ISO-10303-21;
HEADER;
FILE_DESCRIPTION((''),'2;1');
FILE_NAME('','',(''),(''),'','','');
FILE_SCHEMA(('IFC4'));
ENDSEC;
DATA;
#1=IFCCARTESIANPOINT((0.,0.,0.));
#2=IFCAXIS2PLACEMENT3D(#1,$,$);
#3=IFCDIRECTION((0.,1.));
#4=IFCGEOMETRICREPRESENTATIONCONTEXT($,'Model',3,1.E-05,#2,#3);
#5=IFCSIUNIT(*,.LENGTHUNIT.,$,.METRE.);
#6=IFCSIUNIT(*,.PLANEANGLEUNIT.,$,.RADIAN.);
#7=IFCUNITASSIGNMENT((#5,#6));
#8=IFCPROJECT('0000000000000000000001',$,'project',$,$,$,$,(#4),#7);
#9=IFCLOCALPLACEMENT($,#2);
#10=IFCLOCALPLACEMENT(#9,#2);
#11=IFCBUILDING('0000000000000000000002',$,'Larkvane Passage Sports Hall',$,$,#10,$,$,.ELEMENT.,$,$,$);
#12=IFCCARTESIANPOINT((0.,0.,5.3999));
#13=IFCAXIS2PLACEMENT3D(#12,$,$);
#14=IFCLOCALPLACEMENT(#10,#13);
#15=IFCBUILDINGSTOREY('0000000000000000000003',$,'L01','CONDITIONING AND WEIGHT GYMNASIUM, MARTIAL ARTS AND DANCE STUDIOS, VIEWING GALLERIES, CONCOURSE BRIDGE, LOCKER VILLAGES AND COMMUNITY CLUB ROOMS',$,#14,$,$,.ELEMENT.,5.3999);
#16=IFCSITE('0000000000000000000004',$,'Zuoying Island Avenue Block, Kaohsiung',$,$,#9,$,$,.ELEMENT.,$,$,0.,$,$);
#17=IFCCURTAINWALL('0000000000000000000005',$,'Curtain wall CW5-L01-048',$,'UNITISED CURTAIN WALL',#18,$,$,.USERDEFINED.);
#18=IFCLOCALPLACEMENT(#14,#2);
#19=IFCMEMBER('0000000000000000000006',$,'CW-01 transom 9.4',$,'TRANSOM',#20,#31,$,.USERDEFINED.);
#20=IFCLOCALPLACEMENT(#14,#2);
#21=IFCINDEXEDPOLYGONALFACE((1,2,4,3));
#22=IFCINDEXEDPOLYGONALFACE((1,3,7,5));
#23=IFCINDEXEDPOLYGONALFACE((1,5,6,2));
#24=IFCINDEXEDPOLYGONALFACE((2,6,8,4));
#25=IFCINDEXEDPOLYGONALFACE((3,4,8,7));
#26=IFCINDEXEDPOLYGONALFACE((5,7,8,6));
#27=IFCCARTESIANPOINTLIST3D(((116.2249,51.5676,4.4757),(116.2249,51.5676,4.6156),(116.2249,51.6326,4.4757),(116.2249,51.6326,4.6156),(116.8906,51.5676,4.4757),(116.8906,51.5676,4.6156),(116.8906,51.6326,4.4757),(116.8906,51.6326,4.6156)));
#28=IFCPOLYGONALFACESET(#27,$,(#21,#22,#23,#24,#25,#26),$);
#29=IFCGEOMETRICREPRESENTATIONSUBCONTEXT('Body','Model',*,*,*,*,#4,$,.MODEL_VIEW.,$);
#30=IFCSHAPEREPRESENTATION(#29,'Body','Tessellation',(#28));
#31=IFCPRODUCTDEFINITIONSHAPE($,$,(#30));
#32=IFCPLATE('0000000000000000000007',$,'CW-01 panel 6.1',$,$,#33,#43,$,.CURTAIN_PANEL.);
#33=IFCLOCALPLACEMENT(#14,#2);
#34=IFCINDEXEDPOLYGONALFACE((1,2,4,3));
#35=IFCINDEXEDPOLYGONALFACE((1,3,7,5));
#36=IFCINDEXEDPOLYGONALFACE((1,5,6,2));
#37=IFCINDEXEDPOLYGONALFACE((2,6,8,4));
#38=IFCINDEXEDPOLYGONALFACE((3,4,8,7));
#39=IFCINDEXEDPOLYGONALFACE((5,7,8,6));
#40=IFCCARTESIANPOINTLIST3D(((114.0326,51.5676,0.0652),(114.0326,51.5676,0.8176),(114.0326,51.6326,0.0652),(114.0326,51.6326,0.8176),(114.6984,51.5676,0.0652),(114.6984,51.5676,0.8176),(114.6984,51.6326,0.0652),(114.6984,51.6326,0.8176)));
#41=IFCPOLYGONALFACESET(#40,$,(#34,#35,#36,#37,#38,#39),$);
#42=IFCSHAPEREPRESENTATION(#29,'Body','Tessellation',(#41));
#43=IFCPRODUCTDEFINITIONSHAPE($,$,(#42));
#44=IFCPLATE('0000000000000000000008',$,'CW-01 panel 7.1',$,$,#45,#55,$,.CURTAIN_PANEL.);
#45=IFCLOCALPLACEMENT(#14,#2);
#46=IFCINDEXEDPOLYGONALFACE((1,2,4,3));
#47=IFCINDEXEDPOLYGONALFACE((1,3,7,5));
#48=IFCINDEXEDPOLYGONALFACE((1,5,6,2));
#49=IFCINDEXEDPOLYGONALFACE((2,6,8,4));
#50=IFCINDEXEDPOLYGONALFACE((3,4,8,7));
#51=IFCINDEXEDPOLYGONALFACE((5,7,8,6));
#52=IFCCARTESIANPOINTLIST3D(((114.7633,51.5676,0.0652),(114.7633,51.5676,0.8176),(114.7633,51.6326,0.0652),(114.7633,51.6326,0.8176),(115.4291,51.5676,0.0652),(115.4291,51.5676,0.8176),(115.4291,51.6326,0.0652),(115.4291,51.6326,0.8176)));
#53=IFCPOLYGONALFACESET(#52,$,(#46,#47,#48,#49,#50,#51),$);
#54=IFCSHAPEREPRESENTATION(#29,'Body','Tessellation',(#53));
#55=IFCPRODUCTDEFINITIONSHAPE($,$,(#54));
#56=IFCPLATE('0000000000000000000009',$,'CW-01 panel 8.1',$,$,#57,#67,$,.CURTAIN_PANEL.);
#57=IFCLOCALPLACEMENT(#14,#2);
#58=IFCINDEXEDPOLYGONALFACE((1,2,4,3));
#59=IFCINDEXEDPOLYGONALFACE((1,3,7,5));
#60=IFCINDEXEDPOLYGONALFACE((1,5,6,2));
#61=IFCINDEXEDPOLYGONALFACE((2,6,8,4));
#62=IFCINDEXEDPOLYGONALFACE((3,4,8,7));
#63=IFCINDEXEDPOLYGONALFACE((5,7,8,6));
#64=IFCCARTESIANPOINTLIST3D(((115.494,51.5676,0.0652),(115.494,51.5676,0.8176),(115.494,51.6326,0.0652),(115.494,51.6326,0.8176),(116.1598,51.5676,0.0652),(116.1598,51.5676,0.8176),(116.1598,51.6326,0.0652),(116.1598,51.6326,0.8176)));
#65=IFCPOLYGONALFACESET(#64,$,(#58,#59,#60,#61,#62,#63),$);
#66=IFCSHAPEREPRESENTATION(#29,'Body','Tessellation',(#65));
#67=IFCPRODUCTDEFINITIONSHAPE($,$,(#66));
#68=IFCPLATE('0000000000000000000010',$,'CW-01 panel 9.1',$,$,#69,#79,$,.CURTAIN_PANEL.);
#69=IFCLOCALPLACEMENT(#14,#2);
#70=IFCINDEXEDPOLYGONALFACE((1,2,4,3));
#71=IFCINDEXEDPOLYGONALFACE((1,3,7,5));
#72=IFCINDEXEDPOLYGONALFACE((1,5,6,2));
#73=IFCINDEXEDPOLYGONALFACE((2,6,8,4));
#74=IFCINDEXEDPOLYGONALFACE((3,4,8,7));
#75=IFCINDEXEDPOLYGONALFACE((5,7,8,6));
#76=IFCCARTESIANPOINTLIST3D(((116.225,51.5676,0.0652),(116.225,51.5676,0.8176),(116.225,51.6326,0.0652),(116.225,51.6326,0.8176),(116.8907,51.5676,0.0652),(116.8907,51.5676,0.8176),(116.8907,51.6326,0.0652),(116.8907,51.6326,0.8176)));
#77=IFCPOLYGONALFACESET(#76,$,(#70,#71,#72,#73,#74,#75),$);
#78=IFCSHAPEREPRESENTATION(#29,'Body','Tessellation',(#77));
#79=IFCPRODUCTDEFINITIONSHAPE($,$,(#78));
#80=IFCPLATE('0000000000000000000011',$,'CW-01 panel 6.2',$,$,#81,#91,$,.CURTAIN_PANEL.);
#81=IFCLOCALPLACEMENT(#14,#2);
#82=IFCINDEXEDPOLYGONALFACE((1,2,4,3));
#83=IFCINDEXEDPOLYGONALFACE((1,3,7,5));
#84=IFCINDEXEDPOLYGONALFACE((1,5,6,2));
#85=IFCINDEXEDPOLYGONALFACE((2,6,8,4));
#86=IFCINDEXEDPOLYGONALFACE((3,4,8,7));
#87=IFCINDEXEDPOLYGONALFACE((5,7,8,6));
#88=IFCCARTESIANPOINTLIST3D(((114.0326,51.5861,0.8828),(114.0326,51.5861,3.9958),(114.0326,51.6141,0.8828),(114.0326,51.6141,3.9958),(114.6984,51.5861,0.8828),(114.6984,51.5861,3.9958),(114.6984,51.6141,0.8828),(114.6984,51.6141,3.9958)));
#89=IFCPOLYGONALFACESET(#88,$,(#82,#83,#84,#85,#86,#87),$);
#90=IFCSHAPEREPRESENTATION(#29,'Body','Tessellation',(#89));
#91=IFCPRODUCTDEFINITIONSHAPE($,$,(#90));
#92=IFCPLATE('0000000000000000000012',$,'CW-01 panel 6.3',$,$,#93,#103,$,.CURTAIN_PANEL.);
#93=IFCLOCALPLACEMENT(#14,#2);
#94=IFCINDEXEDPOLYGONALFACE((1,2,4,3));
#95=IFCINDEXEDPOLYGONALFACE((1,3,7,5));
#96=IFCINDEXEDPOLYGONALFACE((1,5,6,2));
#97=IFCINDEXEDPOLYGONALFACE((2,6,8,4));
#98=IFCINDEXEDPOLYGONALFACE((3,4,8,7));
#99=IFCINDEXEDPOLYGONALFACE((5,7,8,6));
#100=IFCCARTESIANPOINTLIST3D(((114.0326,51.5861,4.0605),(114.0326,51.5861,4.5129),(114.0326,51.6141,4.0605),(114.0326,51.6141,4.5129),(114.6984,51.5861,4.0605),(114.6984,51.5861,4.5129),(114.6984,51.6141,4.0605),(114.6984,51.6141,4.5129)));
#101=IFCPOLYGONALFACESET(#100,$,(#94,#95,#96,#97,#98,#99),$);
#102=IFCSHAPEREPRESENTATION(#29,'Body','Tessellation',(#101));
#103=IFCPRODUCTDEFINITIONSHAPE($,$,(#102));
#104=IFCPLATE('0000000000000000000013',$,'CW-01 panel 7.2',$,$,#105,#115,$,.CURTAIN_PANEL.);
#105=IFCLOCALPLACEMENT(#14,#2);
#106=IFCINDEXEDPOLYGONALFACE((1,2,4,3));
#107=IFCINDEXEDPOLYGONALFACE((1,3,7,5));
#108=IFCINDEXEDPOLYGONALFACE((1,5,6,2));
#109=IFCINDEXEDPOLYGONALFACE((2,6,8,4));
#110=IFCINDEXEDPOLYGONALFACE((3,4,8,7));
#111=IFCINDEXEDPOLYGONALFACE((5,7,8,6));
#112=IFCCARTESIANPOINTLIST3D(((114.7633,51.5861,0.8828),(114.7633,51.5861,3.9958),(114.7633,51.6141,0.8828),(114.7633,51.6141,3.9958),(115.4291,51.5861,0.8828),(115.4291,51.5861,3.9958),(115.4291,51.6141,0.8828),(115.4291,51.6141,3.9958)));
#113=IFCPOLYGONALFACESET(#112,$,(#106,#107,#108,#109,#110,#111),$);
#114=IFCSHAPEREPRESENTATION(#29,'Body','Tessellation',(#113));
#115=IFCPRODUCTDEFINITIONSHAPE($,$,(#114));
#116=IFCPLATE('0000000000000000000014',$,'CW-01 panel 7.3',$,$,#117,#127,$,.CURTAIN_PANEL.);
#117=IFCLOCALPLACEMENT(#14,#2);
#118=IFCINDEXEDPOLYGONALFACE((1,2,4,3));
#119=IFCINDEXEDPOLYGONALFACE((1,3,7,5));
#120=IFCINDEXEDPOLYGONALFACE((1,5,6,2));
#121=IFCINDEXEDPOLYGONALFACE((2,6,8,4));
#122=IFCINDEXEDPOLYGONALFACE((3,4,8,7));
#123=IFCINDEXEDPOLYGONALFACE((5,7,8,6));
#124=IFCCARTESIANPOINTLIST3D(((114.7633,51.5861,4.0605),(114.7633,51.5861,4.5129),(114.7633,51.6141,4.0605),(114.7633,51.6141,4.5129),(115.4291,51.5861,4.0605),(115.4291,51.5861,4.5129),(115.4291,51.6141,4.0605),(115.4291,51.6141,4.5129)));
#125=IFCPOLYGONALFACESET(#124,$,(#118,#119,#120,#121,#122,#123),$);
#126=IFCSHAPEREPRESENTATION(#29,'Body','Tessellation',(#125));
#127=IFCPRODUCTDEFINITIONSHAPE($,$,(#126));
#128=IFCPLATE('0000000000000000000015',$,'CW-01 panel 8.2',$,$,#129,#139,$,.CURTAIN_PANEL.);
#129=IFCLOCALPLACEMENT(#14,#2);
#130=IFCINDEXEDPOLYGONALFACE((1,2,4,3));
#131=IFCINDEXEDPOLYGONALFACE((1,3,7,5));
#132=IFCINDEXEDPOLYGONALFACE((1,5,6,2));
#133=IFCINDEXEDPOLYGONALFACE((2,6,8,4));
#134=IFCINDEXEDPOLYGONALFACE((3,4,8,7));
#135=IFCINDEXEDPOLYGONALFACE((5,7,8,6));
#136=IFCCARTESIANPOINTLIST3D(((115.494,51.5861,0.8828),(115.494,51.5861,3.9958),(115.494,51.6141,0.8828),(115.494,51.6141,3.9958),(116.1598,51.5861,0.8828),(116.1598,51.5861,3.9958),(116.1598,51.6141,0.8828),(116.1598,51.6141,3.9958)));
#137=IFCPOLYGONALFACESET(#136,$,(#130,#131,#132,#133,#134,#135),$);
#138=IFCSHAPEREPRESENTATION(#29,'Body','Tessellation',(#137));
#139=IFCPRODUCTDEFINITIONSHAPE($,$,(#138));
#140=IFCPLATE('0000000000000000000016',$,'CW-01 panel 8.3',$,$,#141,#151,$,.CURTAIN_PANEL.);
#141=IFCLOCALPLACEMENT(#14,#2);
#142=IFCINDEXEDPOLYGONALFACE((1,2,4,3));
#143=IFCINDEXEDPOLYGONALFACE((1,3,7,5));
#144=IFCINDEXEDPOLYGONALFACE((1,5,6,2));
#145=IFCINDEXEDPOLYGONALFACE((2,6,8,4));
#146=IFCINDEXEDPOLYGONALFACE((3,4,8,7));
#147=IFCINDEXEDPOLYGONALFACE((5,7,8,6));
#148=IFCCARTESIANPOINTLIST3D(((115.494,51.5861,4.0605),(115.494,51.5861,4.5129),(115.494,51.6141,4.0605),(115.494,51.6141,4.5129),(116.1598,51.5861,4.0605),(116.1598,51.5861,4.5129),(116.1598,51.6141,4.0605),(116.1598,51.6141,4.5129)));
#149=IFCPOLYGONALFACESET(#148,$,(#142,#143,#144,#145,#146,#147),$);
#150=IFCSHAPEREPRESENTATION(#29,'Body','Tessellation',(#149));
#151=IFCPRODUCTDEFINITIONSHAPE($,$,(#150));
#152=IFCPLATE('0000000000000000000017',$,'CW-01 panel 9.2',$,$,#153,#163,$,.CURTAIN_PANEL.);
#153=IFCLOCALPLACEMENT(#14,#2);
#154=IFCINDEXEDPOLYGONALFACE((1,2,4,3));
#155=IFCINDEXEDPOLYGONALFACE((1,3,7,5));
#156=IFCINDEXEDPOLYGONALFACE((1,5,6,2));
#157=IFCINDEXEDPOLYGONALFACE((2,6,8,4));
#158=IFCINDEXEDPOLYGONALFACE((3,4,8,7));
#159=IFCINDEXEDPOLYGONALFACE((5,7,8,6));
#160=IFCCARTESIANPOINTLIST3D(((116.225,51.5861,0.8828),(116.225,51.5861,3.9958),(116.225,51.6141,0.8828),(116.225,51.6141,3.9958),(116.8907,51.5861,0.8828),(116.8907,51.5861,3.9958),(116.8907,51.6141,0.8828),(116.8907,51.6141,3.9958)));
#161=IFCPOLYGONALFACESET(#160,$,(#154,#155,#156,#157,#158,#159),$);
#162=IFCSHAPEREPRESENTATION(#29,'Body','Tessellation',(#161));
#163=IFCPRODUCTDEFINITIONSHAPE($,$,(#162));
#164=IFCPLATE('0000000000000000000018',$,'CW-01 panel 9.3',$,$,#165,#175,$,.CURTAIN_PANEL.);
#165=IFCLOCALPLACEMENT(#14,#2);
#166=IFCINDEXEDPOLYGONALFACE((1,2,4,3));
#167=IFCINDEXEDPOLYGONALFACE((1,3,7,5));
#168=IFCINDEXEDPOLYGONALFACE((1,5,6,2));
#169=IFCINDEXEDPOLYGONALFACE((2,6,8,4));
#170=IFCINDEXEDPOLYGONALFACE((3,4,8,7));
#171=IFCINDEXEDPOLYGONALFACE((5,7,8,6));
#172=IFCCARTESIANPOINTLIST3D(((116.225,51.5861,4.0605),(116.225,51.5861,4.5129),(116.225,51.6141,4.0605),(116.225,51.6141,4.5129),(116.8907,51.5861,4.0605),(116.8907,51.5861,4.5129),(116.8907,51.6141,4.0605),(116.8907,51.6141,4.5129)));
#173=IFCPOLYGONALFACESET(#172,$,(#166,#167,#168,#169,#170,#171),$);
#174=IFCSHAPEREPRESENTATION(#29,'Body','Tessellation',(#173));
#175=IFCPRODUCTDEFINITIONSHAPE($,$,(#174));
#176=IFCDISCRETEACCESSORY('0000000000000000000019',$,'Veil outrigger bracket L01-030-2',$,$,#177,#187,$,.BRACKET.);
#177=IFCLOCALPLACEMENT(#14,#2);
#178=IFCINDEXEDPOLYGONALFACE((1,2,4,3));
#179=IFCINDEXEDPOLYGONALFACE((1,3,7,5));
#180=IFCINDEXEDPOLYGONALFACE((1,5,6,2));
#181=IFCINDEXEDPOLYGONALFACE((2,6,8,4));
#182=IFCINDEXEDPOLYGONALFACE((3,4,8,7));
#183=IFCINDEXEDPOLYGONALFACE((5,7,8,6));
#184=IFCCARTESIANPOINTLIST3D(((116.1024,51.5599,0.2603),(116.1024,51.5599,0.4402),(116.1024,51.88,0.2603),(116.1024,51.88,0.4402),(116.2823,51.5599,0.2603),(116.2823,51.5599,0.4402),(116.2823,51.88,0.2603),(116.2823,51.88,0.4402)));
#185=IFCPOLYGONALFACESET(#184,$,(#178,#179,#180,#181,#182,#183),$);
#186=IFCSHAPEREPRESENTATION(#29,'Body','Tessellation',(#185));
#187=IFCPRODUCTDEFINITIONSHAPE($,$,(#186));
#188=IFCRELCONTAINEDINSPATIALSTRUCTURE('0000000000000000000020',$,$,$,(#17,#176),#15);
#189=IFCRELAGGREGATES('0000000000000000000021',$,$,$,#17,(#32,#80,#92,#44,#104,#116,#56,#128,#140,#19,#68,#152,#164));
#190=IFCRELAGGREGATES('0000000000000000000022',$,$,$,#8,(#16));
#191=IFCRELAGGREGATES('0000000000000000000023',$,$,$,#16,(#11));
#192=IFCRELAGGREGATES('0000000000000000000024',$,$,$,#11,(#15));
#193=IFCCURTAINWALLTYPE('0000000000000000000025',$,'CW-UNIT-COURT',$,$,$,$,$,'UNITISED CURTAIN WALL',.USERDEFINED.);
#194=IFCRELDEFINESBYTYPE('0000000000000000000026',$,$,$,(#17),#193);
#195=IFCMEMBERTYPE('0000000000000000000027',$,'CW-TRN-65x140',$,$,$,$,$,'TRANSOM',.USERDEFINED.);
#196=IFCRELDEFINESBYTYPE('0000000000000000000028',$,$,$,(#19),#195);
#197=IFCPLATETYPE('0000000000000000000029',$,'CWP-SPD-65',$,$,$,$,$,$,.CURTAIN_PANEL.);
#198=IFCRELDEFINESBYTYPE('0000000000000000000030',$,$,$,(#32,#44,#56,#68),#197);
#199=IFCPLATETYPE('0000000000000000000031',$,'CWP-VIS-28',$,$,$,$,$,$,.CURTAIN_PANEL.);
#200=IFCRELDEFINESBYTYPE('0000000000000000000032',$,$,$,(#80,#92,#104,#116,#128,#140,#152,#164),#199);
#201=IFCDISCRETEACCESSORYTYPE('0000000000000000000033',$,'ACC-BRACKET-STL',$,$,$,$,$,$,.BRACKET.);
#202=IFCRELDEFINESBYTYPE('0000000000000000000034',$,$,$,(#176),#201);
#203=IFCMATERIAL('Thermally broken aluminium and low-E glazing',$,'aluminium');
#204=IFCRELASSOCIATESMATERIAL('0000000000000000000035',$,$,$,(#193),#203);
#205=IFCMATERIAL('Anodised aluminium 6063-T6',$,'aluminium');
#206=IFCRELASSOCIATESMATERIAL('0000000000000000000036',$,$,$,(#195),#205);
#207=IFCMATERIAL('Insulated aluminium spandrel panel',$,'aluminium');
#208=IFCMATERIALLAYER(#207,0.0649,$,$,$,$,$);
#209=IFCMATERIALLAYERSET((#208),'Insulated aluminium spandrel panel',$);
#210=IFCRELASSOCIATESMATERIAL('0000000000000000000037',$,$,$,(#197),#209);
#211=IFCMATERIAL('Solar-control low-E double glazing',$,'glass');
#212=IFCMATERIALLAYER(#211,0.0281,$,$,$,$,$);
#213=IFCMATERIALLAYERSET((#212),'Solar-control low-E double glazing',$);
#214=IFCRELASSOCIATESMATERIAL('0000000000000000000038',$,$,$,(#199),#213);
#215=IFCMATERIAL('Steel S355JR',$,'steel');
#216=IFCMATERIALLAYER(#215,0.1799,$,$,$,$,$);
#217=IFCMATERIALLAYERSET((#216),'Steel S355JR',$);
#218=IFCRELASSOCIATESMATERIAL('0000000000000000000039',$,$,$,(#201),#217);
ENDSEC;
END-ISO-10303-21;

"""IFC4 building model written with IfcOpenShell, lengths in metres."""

from ifc_helpers import new_model, si_unit, direction, frame, origin, origin_2d, place, context, subcontext, project, spatial, rectangle, extrude, material, layer, layer_set, material_profile, profile_set, type_object, element, aggregate, save


model = new_model("IFC4")

# Units and contexts
model_context = context("Model", 3, precision=1e-05, world=origin(), true_north=direction((0.0, 1.0)))
body_context = subcontext(model_context, "Body", "Model", "MODEL_VIEW")
ifc_project = project(units=[si_unit("LENGTHUNIT", "METRE"), si_unit("PLANEANGLEUNIT", "RADIAN")], contexts=[model_context])

# Site, building, storey
site_placement = place(None, origin())
site = spatial("IfcSite", under=ifc_project, at=site_placement, Name="Zuoying Island Avenue Block, Kaohsiung", CompositionType="ELEMENT", RefElevation=0.0)
building_placement = place(site_placement, origin())
building = spatial("IfcBuilding", under=site, at=building_placement, Name="Larkvane Passage Sports Hall", CompositionType="ELEMENT")
storey_placement = place(building_placement, frame((0.0, 0.0, 5.3999)))
storey = spatial("IfcBuildingStorey", under=building, at=storey_placement, Name="L01", Description="CONDITIONING AND WEIGHT GYMNASIUM, MARTIAL ARTS AND DANCE STUDIOS, VIEWING GALLERIES, CONCOURSE BRIDGE, LOCKER VILLAGES AND COMMUNITY CLUB ROOMS", CompositionType="ELEMENT", Elevation=5.3999)

# Curtain wall, member, plates
ifc_material_1 = material(Name="Thermally broken aluminium and low-E glazing", Category="aluminium")
curtain_wall_type = type_object("IfcCurtainWallType", Name="CW-UNIT-COURT", ElementType="UNITISED CURTAIN WALL", PredefinedType="USERDEFINED", material=ifc_material_1)
curtain_wall_placement = place(storey_placement, origin())
curtain_wall = element("IfcCurtainWall", 1, at=curtain_wall_placement, inside=storey, type_object=curtain_wall_type, Name="Curtain wall CW5-L01-048", ObjectType="UNITISED CURTAIN WALL", PredefinedType="USERDEFINED")
ifc_material_2 = material(Name="Anodised aluminium 6063-T6", Category="aluminium")
ifc_material_profile_1 = material_profile(ifc_material_2, rectangle(XDim=0.0649, YDim=0.1399, at=origin_2d()), Name="ALU-TRN-65x140")
ifc_profile_set_1 = profile_set([ifc_material_profile_1], Name="Anodised aluminium 6063-T6")
member_type_1 = type_object("IfcMemberType", Name="CW-TRN-65x140", ElementType="TRANSOM", PredefinedType="USERDEFINED", material=ifc_profile_set_1)
member_1_placement = place(storey_placement, frame((116.2249, 51.6001, 4.5457), z_axis=(1.0, 0.0, 0.0), x_axis=(0.0, 1.0, 0.0)))
member_1 = element("IfcMember", 2, at=member_1_placement, type_object=member_type_1, Name="CW-01 transom 9.4", ObjectType="TRANSOM", PredefinedType="USERDEFINED", context=body_context, shape_type="SweptSolid", body=[
    extrude(rectangle(XDim=0.0649, YDim=0.1399, at=origin_2d()), origin(), (0.0, 0.0, 1.0), 0.6658),
])
ifc_material_3 = material(Name="Insulated aluminium spandrel panel", Category="aluminium")
ifc_layer_1 = layer(ifc_material_3, 0.0649)
ifc_layer_set_1 = layer_set([ifc_layer_1], Name="Insulated aluminium spandrel panel")
plate_type_1 = type_object("IfcPlateType", Name="CWP-SPD-65", PredefinedType="CURTAIN_PANEL", material=ifc_layer_set_1)
plate_1_placement = place(storey_placement, frame((114.3655, 51.6001, 0.0652), z_axis=(0.0, 0.0, 1.0), x_axis=(1.0, 0.0, 0.0)))
plate_1 = element("IfcPlate", 3, at=plate_1_placement, type_object=plate_type_1, Name="CW-01 panel 6.1", PredefinedType="CURTAIN_PANEL", context=body_context, shape_type="SweptSolid", body=[
    extrude(rectangle(XDim=0.6658, YDim=0.0649, at=origin_2d()), origin(), (0.0, 0.0, 1.0), 0.7524),
])
plate_2_placement = place(storey_placement, frame((115.0962, 51.6001, 0.0652), z_axis=(0.0, 0.0, 1.0), x_axis=(1.0, 0.0, 0.0)))
plate_2 = element("IfcPlate", 4, at=plate_2_placement, type_object=plate_type_1, Name="CW-01 panel 7.1", PredefinedType="CURTAIN_PANEL", context=body_context, shape_type="SweptSolid", body=[
    extrude(rectangle(XDim=0.6658, YDim=0.0649, at=origin_2d()), origin(), (0.0, 0.0, 1.0), 0.7524),
])
plate_3_placement = place(storey_placement, frame((115.8269, 51.6001, 0.0652), z_axis=(0.0, 0.0, 1.0), x_axis=(1.0, 0.0, 0.0)))
plate_3 = element("IfcPlate", 5, at=plate_3_placement, type_object=plate_type_1, Name="CW-01 panel 8.1", PredefinedType="CURTAIN_PANEL", context=body_context, shape_type="SweptSolid", body=[
    extrude(rectangle(XDim=0.6658, YDim=0.0649, at=origin_2d()), origin(), (0.0, 0.0, 1.0), 0.7524),
])
plate_4_placement = place(storey_placement, frame((116.5579, 51.6001, 0.0652), z_axis=(0.0, 0.0, 1.0), x_axis=(1.0, 0.0, 0.0)))
plate_4 = element("IfcPlate", 6, at=plate_4_placement, type_object=plate_type_1, Name="CW-01 panel 9.1", PredefinedType="CURTAIN_PANEL", context=body_context, shape_type="SweptSolid", body=[
    extrude(rectangle(XDim=0.6658, YDim=0.0649, at=origin_2d()), origin(), (0.0, 0.0, 1.0), 0.7524),
])
ifc_material_4 = material(Name="Solar-control low-E double glazing", Category="glass")
ifc_layer_2 = layer(ifc_material_4, 0.0281)
ifc_layer_set_2 = layer_set([ifc_layer_2], Name="Solar-control low-E double glazing")
plate_type_2 = type_object("IfcPlateType", Name="CWP-VIS-28", PredefinedType="CURTAIN_PANEL", material=ifc_layer_set_2)
plate_5_placement = place(storey_placement, frame((114.3655, 51.6001, 0.8828), z_axis=(0.0, 0.0, 1.0), x_axis=(1.0, 0.0, 0.0)))
plate_5 = element("IfcPlate", 7, at=plate_5_placement, type_object=plate_type_2, Name="CW-01 panel 6.2", PredefinedType="CURTAIN_PANEL", context=body_context, shape_type="SweptSolid", body=[
    extrude(rectangle(XDim=0.6658, YDim=0.0281, at=origin_2d()), origin(), (0.0, 0.0, 1.0), 3.113),
])
plate_6_placement = place(storey_placement, frame((114.3655, 51.6001, 4.0605), z_axis=(0.0, 0.0, 1.0), x_axis=(1.0, 0.0, 0.0)))
plate_6 = element("IfcPlate", 8, at=plate_6_placement, type_object=plate_type_2, Name="CW-01 panel 6.3", PredefinedType="CURTAIN_PANEL", context=body_context, shape_type="SweptSolid", body=[
    extrude(rectangle(XDim=0.6658, YDim=0.0281, at=origin_2d()), origin(), (0.0, 0.0, 1.0), 0.4524),
])
plate_7_placement = place(storey_placement, frame((115.0962, 51.6001, 0.8828), z_axis=(0.0, 0.0, 1.0), x_axis=(1.0, 0.0, 0.0)))
plate_7 = element("IfcPlate", 9, at=plate_7_placement, type_object=plate_type_2, Name="CW-01 panel 7.2", PredefinedType="CURTAIN_PANEL", context=body_context, shape_type="SweptSolid", body=[
    extrude(rectangle(XDim=0.6658, YDim=0.0281, at=origin_2d()), origin(), (0.0, 0.0, 1.0), 3.113),
])
plate_8_placement = place(storey_placement, frame((115.0962, 51.6001, 4.0605), z_axis=(0.0, 0.0, 1.0), x_axis=(1.0, 0.0, 0.0)))
plate_8 = element("IfcPlate", 10, at=plate_8_placement, type_object=plate_type_2, Name="CW-01 panel 7.3", PredefinedType="CURTAIN_PANEL", context=body_context, shape_type="SweptSolid", body=[
    extrude(rectangle(XDim=0.6658, YDim=0.0281, at=origin_2d()), origin(), (0.0, 0.0, 1.0), 0.4524),
])
plate_9_placement = place(storey_placement, frame((115.8269, 51.6001, 0.8828), z_axis=(0.0, 0.0, 1.0), x_axis=(1.0, 0.0, 0.0)))
plate_9 = element("IfcPlate", 11, at=plate_9_placement, type_object=plate_type_2, Name="CW-01 panel 8.2", PredefinedType="CURTAIN_PANEL", context=body_context, shape_type="SweptSolid", body=[
    extrude(rectangle(XDim=0.6658, YDim=0.0281, at=origin_2d()), origin(), (0.0, 0.0, 1.0), 3.113),
])
plate_10_placement = place(storey_placement, frame((115.8269, 51.6001, 4.0605), z_axis=(0.0, 0.0, 1.0), x_axis=(1.0, 0.0, 0.0)))
plate_10 = element("IfcPlate", 12, at=plate_10_placement, type_object=plate_type_2, Name="CW-01 panel 8.3", PredefinedType="CURTAIN_PANEL", context=body_context, shape_type="SweptSolid", body=[
    extrude(rectangle(XDim=0.6658, YDim=0.0281, at=origin_2d()), origin(), (0.0, 0.0, 1.0), 0.4524),
])
plate_11_placement = place(storey_placement, frame((116.5579, 51.6001, 0.8828), z_axis=(0.0, 0.0, 1.0), x_axis=(1.0, 0.0, 0.0)))
plate_11 = element("IfcPlate", 13, at=plate_11_placement, type_object=plate_type_2, Name="CW-01 panel 9.2", PredefinedType="CURTAIN_PANEL", context=body_context, shape_type="SweptSolid", body=[
    extrude(rectangle(XDim=0.6658, YDim=0.0281, at=origin_2d()), origin(), (0.0, 0.0, 1.0), 3.113),
])
plate_12_placement = place(storey_placement, frame((116.5579, 51.6001, 4.0605), z_axis=(0.0, 0.0, 1.0), x_axis=(1.0, 0.0, 0.0)))
plate_12 = element("IfcPlate", 14, at=plate_12_placement, type_object=plate_type_2, Name="CW-01 panel 9.3", PredefinedType="CURTAIN_PANEL", context=body_context, shape_type="SweptSolid", body=[
    extrude(rectangle(XDim=0.6658, YDim=0.0281, at=origin_2d()), origin(), (0.0, 0.0, 1.0), 0.4524),
])
aggregate(curtain_wall, [plate_1, plate_5, plate_6, plate_2, plate_7, plate_8, plate_3, plate_9, plate_10, member_1, plate_4, plate_11, plate_12])

# Discrete accessory
ifc_material_5 = material(Name="Steel S355JR", Category="steel")
ifc_layer_3 = layer(ifc_material_5, 0.1799)
ifc_layer_set_3 = layer_set([ifc_layer_3], Name="Steel S355JR")
discrete_accessory_type = type_object("IfcDiscreteAccessoryType", Name="ACC-BRACKET-STL", PredefinedType="BRACKET", material=ifc_layer_set_3)
discrete_accessory_placement = place(storey_placement, frame((116.1924, 51.72, 0.2603), z_axis=(0.0, 0.0, 1.0), x_axis=(1.0, 0.0, 0.0)))
element("IfcDiscreteAccessory", 15, at=discrete_accessory_placement, inside=storey, type_object=discrete_accessory_type, Name="Veil outrigger bracket L01-030-2", PredefinedType="BRACKET", context=body_context, shape_type="SweptSolid", body=[
    extrude(rectangle(XDim=0.1799, YDim=0.3201, at=origin_2d()), origin(), (0.0, 0.0, 1.0), 0.1799),
])

save(model, "model.ifc")
